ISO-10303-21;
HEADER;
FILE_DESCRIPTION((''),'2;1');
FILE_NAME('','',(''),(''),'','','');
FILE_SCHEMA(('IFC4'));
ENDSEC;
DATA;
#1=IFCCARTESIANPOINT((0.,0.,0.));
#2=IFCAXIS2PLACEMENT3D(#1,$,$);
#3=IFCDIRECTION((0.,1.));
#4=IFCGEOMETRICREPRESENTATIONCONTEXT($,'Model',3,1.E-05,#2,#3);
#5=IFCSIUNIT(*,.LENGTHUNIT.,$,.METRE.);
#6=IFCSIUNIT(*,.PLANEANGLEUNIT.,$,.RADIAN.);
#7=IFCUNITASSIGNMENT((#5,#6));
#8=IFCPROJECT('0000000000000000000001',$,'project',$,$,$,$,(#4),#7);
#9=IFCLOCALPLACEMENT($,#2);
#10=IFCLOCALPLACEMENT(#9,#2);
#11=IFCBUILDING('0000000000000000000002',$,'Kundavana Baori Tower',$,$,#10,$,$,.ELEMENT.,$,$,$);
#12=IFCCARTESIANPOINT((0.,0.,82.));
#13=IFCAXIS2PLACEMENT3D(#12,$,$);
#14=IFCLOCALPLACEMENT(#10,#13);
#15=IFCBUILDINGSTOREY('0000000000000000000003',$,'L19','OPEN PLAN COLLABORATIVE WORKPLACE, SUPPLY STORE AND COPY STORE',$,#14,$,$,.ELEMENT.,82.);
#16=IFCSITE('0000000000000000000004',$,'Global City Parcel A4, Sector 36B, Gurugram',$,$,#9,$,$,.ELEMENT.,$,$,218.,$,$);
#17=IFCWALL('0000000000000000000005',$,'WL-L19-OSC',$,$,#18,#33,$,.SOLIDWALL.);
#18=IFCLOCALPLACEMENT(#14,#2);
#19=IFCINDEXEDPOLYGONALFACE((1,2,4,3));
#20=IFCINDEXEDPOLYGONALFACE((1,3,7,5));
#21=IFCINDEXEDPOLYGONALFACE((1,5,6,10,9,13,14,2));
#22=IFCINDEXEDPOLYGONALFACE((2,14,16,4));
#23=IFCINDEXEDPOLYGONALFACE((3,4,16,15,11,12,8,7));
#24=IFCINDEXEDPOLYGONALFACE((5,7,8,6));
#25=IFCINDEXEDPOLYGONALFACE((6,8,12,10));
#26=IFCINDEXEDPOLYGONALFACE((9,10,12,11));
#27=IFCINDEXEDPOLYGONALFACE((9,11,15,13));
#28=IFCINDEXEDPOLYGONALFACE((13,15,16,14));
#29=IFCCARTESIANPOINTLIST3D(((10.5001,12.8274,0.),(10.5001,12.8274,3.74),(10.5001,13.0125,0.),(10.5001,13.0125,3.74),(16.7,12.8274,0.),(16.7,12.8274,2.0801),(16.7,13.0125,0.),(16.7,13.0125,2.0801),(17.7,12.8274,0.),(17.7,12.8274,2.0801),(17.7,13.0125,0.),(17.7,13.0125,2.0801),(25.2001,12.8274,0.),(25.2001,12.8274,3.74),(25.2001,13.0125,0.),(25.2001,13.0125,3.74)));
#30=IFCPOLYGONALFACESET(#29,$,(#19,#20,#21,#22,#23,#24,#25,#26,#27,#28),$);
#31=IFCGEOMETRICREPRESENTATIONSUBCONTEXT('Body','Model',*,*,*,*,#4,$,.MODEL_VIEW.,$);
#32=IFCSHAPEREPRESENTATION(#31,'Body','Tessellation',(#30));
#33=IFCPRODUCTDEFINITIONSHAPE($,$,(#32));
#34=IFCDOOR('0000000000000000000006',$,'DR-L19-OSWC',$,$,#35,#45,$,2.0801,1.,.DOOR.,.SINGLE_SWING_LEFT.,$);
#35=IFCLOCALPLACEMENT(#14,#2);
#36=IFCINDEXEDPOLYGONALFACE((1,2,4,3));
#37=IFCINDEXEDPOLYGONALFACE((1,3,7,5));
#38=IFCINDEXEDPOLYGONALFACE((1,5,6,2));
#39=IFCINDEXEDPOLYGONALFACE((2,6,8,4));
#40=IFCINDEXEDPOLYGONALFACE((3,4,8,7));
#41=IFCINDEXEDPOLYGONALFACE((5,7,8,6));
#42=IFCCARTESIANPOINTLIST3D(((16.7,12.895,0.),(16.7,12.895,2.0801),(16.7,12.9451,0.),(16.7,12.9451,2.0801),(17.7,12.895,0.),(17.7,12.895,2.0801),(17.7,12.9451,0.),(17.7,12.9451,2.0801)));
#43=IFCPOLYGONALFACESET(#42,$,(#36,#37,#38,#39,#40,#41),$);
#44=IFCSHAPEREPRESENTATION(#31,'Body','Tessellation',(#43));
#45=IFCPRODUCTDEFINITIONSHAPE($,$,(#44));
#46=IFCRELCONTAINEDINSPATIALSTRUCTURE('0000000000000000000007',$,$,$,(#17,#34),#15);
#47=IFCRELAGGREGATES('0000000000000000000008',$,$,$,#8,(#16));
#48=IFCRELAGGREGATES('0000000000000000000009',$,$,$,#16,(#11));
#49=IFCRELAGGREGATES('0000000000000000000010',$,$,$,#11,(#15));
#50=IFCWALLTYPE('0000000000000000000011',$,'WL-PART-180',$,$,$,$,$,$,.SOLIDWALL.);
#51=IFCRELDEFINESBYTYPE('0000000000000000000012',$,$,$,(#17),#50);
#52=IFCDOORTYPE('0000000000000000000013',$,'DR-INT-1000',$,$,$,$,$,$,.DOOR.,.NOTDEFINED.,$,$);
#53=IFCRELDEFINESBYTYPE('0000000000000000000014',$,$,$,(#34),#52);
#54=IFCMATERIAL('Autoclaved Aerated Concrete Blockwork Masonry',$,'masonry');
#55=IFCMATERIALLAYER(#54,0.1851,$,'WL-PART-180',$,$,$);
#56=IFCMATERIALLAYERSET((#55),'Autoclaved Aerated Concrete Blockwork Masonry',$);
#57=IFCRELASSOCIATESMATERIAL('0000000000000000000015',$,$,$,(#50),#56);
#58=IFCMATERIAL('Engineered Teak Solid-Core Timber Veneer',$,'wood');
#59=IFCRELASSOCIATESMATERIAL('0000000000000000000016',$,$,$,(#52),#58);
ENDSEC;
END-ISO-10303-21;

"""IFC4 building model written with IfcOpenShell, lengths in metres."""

from ifc_helpers import new_model, si_unit, direction, frame, frame_2d, origin, place, context, subcontext, project, spatial, rectangle, extrude, material, layer, layer_set, type_object, element, fill, save


model = new_model("IFC4")

# Units and contexts
model_context = context("Model", 3, precision=1e-05, world=origin(), true_north=direction((0.0, 1.0)))
body_context = subcontext(model_context, "Body", "Model", "MODEL_VIEW")
ifc_project = project(units=[si_unit("LENGTHUNIT", "METRE"), si_unit("PLANEANGLEUNIT", "RADIAN")], contexts=[model_context])

# Site, building, storey
site_placement = place(None, origin())
site = spatial("IfcSite", under=ifc_project, at=site_placement, Name="Global City Parcel A4, Sector 36B, Gurugram", CompositionType="ELEMENT", RefElevation=218.0)
building_placement = place(site_placement, origin())
building = spatial("IfcBuilding", under=site, at=building_placement, Name="Kundavana Baori Tower", CompositionType="ELEMENT")
storey_placement = place(building_placement, frame((0.0, 0.0, 82.0)))
storey = spatial("IfcBuildingStorey", under=building, at=storey_placement, Name="L19", Description="OPEN PLAN COLLABORATIVE WORKPLACE, SUPPLY STORE AND COPY STORE", CompositionType="ELEMENT", Elevation=82.0)

# Shared definitions
ifc_material_1 = material(Name="Autoclaved Aerated Concrete Blockwork Masonry", Category="masonry")
ifc_layer_1 = layer(ifc_material_1, 0.1851, Name="WL-PART-180")
ifc_layer_set_1 = layer_set([ifc_layer_1], Name="Autoclaved Aerated Concrete Blockwork Masonry")
wall_type_1 = type_object("IfcWallType", Name="WL-PART-180", PredefinedType="SOLIDWALL", material=ifc_layer_set_1)

# Wall, opening, door
wall_1_placement = place(storey_placement, frame((10.5, 12.9199, 0.0), z_axis=(0.0, 0.0, 1.0), x_axis=(1.0, 0.0, 0.0)))
wall_1 = element("IfcWall", 1, at=wall_1_placement, inside=storey, type_object=wall_type_1, Name="WL-L19-OSC", PredefinedType="SOLIDWALL", context=body_context, shape_type="SweptSolid", body=[
    extrude(rectangle(XDim=14.7, YDim=0.1851, at=frame_2d((7.3501, 0.0))), origin(), (0.0, 0.0, 1.0), 3.74),
])
opening_1_placement = place(wall_1_placement, frame((6.2, 0.0, 0.0)))
opening_1 = element("IfcOpeningElement", 2, at=opening_1_placement, cuts=wall_1, PredefinedType="OPENING", context=body_context, shape_type="SweptSolid", body=[
    extrude(rectangle(XDim=1.0, YDim=2.0801, at=frame_2d((0.5, 1.04))), frame((0.0, 0.1025, 0.0), z_axis=(0.0, -1.0, 0.0), x_axis=(1.0, 0.0, 0.0)), (0.0, 0.0, 1.0), 0.2051),
])
ifc_material_2 = material(Name="Engineered Teak Solid-Core Timber Veneer", Category="wood")
door_type_1 = type_object("IfcDoorType", Name="DR-INT-1000", OperationType="NOTDEFINED", PredefinedType="DOOR", material=ifc_material_2)
door_1_placement = place(opening_1_placement, frame((1.0, 0.0, 0.0), z_axis=(0.0, 0.0, 1.0), x_axis=(-1.0, 0.0, 0.0)))
door_1 = element("IfcDoor", 3, at=door_1_placement, inside=storey, type_object=door_type_1, Name="DR-L19-OSWC", OperationType="SINGLE_SWING_LEFT", OverallHeight=2.0801, OverallWidth=1.0, PredefinedType="DOOR", context=body_context, shape_type="SweptSolid", body=[
    extrude(rectangle(XDim=1.0, YDim=2.0801, at=frame_2d((0.5, 1.04))), frame((0.0, 0.0249, 0.0), z_axis=(0.0, -1.0, 0.0), x_axis=(1.0, 0.0, 0.0)), (0.0, 0.0, 1.0), 0.05),
])
fill(opening_1, door_1)

save(model, "model.ifc")
